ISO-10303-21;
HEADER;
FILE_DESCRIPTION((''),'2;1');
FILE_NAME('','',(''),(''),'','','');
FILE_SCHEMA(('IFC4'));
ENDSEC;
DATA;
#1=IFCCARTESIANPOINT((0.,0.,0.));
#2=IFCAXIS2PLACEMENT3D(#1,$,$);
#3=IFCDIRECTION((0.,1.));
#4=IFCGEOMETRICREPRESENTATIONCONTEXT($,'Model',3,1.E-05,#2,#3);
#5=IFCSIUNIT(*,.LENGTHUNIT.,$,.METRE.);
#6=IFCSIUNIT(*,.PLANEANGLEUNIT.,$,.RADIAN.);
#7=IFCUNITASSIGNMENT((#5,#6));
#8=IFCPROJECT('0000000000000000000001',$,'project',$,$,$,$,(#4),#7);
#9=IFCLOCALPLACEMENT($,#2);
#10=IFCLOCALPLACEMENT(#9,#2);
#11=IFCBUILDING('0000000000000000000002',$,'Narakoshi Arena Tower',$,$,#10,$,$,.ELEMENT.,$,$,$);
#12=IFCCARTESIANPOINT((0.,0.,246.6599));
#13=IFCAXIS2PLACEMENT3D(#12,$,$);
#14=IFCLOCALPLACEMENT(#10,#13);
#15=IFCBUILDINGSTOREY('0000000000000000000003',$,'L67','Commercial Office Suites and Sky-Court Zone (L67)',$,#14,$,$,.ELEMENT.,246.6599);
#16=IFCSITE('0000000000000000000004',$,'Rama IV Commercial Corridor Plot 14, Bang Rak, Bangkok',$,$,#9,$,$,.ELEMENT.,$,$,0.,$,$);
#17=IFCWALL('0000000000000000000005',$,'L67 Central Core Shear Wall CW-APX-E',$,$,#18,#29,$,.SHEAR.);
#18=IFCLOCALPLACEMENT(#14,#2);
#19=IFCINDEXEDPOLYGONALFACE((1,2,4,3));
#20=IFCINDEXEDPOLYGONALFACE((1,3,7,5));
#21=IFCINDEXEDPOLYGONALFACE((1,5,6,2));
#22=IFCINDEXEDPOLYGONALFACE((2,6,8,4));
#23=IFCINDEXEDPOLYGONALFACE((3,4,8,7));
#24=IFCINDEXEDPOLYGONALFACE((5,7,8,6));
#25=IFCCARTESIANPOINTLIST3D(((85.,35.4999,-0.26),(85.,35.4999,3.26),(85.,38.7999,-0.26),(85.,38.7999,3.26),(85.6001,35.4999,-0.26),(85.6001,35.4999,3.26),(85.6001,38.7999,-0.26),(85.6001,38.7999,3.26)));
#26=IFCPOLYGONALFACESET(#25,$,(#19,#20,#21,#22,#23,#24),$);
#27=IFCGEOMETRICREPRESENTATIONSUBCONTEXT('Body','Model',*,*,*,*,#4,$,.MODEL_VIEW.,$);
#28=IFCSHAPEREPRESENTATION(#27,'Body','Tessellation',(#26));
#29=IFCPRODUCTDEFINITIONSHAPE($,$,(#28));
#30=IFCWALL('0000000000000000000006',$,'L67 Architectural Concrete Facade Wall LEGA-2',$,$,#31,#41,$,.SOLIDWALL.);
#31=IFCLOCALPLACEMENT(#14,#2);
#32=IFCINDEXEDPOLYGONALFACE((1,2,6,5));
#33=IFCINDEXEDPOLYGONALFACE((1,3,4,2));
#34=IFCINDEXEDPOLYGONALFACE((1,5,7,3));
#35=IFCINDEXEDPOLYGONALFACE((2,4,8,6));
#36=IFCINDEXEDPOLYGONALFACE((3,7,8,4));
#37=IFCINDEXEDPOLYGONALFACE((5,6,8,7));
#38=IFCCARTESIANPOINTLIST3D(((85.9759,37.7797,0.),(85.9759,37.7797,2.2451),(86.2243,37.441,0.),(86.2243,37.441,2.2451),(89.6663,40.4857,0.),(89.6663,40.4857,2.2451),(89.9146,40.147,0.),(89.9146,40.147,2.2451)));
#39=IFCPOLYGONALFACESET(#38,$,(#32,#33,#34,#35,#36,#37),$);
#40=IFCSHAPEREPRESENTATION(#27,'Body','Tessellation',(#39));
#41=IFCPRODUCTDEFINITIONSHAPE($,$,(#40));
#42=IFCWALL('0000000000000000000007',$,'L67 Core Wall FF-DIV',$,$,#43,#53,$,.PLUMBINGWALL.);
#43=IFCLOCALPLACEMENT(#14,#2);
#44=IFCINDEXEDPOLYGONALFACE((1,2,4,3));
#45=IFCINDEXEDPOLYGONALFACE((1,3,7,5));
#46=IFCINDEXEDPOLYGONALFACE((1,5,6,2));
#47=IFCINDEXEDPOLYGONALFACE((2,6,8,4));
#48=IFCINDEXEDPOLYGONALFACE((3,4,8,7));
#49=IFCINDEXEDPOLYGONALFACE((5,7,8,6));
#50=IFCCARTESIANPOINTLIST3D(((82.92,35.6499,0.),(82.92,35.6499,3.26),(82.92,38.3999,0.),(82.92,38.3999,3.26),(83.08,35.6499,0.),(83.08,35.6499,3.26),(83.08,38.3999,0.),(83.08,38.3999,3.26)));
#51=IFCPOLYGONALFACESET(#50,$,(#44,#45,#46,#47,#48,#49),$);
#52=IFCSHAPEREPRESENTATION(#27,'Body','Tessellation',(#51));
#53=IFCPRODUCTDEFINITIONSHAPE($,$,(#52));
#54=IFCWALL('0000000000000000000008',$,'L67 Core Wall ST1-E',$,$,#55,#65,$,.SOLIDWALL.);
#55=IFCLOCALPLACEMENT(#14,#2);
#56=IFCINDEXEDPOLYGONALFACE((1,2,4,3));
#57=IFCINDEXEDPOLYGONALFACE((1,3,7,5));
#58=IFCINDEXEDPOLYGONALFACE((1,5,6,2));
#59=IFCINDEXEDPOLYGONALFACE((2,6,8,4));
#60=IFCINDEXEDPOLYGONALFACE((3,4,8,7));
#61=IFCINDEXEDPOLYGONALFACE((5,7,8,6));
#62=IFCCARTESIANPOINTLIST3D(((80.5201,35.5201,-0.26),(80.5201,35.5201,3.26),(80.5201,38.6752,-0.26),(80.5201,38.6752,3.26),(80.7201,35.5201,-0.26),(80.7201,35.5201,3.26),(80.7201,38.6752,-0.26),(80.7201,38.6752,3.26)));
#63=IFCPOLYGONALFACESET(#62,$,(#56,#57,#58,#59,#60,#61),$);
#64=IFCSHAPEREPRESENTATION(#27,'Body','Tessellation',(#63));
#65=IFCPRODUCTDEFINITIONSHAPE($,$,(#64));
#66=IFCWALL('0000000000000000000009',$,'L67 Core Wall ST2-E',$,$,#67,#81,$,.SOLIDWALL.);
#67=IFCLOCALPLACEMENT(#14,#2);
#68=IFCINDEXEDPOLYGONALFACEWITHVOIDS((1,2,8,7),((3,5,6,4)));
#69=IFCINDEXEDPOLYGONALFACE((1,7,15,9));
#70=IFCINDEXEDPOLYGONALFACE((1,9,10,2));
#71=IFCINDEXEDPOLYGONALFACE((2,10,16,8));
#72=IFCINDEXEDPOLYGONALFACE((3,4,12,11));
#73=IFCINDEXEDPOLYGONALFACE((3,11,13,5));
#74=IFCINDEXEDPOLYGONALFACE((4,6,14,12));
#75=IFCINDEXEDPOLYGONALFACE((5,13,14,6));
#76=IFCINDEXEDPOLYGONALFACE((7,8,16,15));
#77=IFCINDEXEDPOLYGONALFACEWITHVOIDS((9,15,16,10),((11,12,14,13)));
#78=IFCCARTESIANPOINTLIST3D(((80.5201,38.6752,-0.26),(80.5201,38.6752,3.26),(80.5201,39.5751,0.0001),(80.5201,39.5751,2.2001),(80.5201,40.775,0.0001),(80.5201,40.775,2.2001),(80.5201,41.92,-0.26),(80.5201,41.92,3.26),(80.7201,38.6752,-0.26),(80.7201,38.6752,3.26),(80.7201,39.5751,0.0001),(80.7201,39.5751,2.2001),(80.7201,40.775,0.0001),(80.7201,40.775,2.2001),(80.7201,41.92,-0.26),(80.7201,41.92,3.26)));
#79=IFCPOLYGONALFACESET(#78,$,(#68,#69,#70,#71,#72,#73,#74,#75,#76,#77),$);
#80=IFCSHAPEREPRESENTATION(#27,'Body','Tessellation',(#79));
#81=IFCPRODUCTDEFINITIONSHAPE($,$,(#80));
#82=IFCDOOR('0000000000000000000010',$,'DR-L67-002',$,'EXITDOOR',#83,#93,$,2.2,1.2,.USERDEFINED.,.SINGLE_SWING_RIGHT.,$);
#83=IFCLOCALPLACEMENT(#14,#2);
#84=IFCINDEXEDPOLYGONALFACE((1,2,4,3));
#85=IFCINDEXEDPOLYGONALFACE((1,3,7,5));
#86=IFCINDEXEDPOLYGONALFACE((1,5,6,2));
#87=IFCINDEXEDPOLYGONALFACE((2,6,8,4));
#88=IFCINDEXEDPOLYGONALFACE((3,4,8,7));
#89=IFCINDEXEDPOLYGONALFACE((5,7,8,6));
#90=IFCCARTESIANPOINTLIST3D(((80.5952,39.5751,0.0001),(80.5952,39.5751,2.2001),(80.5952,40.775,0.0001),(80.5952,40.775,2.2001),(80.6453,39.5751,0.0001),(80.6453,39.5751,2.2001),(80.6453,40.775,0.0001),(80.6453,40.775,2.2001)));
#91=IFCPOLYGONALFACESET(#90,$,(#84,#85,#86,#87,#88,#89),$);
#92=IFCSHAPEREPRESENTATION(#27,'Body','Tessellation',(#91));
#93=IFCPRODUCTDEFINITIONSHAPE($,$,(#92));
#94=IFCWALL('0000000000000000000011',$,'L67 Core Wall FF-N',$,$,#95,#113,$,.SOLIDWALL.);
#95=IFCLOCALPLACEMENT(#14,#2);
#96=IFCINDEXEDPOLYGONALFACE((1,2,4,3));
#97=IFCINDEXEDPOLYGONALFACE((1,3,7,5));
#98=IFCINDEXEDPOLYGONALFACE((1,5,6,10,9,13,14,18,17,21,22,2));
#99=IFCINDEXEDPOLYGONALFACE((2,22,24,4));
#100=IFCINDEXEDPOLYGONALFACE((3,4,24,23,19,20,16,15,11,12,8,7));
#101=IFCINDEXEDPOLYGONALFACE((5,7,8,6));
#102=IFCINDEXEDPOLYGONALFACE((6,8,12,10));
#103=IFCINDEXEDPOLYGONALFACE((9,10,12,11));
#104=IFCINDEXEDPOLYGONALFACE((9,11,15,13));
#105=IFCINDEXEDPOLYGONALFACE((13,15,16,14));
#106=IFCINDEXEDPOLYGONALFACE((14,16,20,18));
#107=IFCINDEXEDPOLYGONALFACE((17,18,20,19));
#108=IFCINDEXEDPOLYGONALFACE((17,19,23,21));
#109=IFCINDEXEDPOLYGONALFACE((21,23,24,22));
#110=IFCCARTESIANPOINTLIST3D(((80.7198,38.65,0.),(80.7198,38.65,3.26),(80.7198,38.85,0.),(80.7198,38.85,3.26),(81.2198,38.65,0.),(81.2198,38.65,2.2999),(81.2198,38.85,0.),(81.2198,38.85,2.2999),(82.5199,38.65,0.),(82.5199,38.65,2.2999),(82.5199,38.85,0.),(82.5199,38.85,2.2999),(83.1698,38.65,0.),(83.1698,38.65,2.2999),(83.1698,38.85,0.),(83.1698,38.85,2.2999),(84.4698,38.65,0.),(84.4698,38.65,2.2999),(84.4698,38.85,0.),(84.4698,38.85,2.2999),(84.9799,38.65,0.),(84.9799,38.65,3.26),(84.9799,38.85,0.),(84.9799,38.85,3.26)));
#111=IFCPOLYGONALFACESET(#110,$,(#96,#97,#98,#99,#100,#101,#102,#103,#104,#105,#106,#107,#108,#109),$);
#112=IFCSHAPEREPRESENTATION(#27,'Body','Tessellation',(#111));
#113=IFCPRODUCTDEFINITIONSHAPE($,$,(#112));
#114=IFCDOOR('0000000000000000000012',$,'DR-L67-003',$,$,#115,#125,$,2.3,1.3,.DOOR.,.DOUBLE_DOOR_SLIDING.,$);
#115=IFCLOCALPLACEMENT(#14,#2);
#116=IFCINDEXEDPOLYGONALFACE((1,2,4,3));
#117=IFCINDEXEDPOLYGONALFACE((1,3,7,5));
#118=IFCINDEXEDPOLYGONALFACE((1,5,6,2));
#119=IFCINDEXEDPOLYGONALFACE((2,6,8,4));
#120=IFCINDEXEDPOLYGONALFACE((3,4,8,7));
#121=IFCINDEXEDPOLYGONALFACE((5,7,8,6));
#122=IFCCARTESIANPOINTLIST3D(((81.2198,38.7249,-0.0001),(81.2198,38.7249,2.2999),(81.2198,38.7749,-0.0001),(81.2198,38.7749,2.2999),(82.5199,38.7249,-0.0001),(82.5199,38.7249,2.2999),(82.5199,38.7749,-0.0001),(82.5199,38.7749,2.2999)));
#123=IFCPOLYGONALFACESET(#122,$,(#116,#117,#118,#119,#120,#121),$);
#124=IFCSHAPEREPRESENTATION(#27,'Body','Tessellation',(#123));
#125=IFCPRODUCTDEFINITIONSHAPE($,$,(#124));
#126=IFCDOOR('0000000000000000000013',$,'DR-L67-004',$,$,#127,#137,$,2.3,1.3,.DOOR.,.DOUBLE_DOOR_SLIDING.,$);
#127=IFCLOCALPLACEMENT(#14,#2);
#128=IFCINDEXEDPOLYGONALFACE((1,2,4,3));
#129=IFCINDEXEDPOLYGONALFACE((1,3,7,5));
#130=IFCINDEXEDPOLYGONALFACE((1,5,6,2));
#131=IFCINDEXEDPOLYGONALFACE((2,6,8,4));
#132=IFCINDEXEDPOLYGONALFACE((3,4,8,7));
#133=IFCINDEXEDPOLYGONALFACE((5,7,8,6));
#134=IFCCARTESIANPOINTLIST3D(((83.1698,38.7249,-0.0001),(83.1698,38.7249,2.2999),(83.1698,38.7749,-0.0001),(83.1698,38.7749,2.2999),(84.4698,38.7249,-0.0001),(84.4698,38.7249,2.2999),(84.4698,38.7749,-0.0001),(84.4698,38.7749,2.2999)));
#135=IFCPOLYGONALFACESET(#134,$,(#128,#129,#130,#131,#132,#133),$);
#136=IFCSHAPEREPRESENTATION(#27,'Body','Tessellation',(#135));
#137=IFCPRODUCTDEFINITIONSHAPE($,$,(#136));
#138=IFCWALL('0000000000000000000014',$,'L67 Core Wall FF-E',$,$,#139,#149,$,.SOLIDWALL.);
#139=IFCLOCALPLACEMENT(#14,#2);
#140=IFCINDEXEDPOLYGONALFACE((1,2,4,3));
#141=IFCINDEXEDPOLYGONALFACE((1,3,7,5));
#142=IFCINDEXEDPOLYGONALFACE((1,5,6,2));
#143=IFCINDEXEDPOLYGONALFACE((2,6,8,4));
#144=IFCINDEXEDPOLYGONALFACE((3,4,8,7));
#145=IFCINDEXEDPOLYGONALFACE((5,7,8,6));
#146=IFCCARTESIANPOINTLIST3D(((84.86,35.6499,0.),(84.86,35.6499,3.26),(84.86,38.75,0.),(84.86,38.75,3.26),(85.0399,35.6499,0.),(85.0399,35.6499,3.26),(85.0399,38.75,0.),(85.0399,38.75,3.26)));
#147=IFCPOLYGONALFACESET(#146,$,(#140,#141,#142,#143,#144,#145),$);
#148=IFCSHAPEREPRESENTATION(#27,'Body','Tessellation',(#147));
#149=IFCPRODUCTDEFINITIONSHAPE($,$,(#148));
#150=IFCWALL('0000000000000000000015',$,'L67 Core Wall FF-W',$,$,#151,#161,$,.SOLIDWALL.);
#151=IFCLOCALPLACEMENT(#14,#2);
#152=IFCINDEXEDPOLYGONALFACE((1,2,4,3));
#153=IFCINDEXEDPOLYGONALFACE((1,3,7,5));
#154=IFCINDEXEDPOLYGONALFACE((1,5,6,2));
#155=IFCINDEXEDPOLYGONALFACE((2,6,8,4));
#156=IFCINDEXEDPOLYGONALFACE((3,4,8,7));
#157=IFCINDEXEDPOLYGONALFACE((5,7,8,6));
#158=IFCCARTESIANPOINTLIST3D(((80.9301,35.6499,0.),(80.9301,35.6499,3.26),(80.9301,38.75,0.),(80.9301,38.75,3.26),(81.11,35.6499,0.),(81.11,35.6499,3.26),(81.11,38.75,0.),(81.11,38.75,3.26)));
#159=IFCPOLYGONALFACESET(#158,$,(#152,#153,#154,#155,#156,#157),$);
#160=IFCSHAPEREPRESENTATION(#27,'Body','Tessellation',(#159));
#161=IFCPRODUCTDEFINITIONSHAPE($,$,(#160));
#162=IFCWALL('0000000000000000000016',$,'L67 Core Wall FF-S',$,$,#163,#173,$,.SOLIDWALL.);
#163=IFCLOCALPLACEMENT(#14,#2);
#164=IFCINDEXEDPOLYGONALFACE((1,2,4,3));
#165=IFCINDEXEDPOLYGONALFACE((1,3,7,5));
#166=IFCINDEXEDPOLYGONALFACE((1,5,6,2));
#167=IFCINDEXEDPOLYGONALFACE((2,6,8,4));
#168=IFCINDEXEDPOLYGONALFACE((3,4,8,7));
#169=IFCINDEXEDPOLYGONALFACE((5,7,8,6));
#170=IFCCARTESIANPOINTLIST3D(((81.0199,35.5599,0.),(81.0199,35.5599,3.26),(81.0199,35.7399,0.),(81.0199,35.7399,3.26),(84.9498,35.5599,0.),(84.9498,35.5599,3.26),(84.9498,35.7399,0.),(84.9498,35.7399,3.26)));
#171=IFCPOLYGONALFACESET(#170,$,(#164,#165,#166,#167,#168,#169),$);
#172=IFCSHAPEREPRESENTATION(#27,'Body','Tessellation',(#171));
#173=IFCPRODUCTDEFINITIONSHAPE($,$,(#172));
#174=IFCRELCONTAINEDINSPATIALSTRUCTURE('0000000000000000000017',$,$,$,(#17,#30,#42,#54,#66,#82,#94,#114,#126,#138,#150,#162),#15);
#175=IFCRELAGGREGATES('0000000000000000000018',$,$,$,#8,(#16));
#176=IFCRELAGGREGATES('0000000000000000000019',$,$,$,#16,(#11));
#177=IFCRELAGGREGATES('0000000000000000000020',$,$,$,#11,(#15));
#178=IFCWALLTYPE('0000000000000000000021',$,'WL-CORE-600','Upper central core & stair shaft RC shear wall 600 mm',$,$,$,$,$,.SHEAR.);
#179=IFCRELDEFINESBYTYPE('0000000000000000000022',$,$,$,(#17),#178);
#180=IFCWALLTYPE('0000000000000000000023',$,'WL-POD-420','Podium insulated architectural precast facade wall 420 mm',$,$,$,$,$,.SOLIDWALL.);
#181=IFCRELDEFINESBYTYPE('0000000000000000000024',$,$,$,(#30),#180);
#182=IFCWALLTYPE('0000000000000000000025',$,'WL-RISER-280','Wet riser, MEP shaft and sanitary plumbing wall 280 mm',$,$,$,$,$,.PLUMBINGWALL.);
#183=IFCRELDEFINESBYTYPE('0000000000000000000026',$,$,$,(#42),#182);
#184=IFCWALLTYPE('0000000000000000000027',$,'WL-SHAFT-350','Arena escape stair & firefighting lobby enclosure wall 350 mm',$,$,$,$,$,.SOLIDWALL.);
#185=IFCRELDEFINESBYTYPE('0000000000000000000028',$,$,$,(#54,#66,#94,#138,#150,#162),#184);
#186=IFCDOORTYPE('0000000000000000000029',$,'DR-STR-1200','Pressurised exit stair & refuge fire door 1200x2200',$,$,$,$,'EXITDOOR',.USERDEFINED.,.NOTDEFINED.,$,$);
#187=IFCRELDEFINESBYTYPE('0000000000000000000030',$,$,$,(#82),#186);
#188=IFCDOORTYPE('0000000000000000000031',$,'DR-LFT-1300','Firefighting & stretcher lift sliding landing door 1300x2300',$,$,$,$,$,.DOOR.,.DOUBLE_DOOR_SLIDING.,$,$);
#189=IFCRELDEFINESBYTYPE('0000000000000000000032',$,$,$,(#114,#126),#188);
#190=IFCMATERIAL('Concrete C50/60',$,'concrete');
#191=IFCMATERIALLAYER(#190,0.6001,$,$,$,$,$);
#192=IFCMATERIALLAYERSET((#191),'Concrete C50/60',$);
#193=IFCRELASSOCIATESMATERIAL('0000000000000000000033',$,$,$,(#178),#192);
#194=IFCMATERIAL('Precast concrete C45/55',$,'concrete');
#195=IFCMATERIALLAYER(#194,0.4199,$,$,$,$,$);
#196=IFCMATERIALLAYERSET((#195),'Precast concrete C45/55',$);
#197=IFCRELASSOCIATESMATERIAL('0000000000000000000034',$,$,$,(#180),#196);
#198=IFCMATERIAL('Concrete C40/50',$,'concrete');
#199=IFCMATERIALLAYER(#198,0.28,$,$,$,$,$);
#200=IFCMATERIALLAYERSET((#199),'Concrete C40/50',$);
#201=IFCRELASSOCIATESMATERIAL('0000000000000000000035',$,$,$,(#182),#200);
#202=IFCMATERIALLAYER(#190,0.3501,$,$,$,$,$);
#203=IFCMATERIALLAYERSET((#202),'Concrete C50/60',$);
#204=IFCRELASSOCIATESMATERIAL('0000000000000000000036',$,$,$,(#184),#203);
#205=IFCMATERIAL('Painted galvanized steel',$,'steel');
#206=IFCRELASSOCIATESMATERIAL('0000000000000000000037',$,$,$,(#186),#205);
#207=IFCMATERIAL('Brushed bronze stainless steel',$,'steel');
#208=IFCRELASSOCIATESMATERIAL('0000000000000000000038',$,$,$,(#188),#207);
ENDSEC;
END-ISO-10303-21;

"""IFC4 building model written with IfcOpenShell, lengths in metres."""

from ifc_helpers import new_model, si_unit, direction, frame, frame_2d, origin, place, context, subcontext, project, spatial, rectangle, extrude, material, layer, layer_set, type_object, element, fill, save


model = new_model("IFC4")

# Units and contexts
model_context = context("Model", 3, precision=1e-05, world=origin(), true_north=direction((0.0, 1.0)))
body_context = subcontext(model_context, "Body", "Model", "MODEL_VIEW")
ifc_project = project(units=[si_unit("LENGTHUNIT", "METRE"), si_unit("PLANEANGLEUNIT", "RADIAN")], contexts=[model_context])

# Site, building, storey
site_placement = place(None, origin())
site = spatial("IfcSite", under=ifc_project, at=site_placement, Name="Rama IV Commercial Corridor Plot 14, Bang Rak, Bangkok", CompositionType="ELEMENT", RefElevation=0.0)
building_placement = place(site_placement, origin())
building = spatial("IfcBuilding", under=site, at=building_placement, Name="Narakoshi Arena Tower", CompositionType="ELEMENT")
storey_placement = place(building_placement, frame((0.0, 0.0, 246.6599)))
storey = spatial("IfcBuildingStorey", under=building, at=storey_placement, Name="L67", Description="Commercial Office Suites and Sky-Court Zone (L67)", CompositionType="ELEMENT", Elevation=246.6599)

# Walls
ifc_material_1 = material(Name="Concrete C50/60", Category="concrete")
ifc_layer_1 = layer(ifc_material_1, 0.6001)
ifc_layer_set_1 = layer_set([ifc_layer_1], Name="Concrete C50/60")
wall_type_1 = type_object("IfcWallType", Name="WL-CORE-600", Description="Upper central core & stair shaft RC shear wall 600 mm", PredefinedType="SHEAR", material=ifc_layer_set_1)
wall_1_placement = place(storey_placement, frame((85.3, 35.5, -0.26), z_axis=(0.0, 0.0, 1.0), x_axis=(0.0, 1.0, 0.0)))
element("IfcWall", 1, at=wall_1_placement, inside=storey, type_object=wall_type_1, Name="L67 Central Core Shear Wall CW-APX-E", PredefinedType="SHEAR", context=body_context, shape_type="SweptSolid", body=[
    extrude(rectangle(XDim=3.3, YDim=0.6001, at=frame_2d((1.6499, 0.0))), origin(), (0.0, 0.0, 1.0), 3.52),
])
ifc_material_2 = material(Name="Precast concrete C45/55", Category="concrete")
ifc_layer_2 = layer(ifc_material_2, 0.4199)
ifc_layer_set_2 = layer_set([ifc_layer_2], Name="Precast concrete C45/55")
wall_type_2 = type_object("IfcWallType", Name="WL-POD-420", Description="Podium insulated architectural precast facade wall 420 mm", PredefinedType="SOLIDWALL", material=ifc_layer_set_2)
wall_2_placement = place(storey_placement, frame((86.1001, 37.6104, 0.0), z_axis=(0.0, 0.0, 1.0), x_axis=(0.806432, 0.591327, 0.0)))
element("IfcWall", 2, at=wall_2_placement, inside=storey, type_object=wall_type_2, Name="L67 Architectural Concrete Facade Wall LEGA-2", PredefinedType="SOLIDWALL", context=body_context, shape_type="SweptSolid", body=[
    extrude(rectangle(XDim=4.5762, YDim=0.4199, at=frame_2d((2.2881, 0.0))), origin(), (0.0, 0.0, 1.0), 2.2451),
])
ifc_material_3 = material(Name="Concrete C40/50", Category="concrete")
ifc_layer_3 = layer(ifc_material_3, 0.28)
ifc_layer_set_3 = layer_set([ifc_layer_3], Name="Concrete C40/50")
wall_type_3 = type_object("IfcWallType", Name="WL-RISER-280", Description="Wet riser, MEP shaft and sanitary plumbing wall 280 mm", PredefinedType="PLUMBINGWALL", material=ifc_layer_set_3)
wall_3_placement = place(storey_placement, frame((83.0, 35.6499, 0.0), z_axis=(0.0, 0.0, 1.0), x_axis=(0.0, 1.0, 0.0)))
element("IfcWall", 3, at=wall_3_placement, inside=storey, type_object=wall_type_3, Name="L67 Core Wall FF-DIV", PredefinedType="PLUMBINGWALL", context=body_context, shape_type="SweptSolid", body=[
    extrude(rectangle(XDim=2.75, YDim=0.1599, at=frame_2d((1.375, 0.0))), origin(), (0.0, 0.0, 1.0), 3.26),
])
ifc_layer_4 = layer(ifc_material_1, 0.3501)
ifc_layer_set_4 = layer_set([ifc_layer_4], Name="Concrete C50/60")
wall_type_4 = type_object("IfcWallType", Name="WL-SHAFT-350", Description="Arena escape stair & firefighting lobby enclosure wall 350 mm", PredefinedType="SOLIDWALL", material=ifc_layer_set_4)
wall_4_placement = place(storey_placement, frame((80.6201, 35.52, -0.26), z_axis=(0.0, 0.0, 1.0), x_axis=(0.0, 1.0, 0.0)))
element("IfcWall", 4, at=wall_4_placement, inside=storey, type_object=wall_type_4, Name="L67 Core Wall ST1-E", PredefinedType="SOLIDWALL", context=body_context, shape_type="SweptSolid", body=[
    extrude(rectangle(XDim=3.155, YDim=0.2, at=frame_2d((1.5776, 0.0))), origin(), (0.0, 0.0, 1.0), 3.52),
])

# Wall, opening, door
wall_5_placement = place(storey_placement, frame((80.6201, 38.675, -0.26), z_axis=(0.0, 0.0, 1.0), x_axis=(0.0, 1.0, 0.0)))
wall_5 = element("IfcWall", 5, at=wall_5_placement, inside=storey, type_object=wall_type_4, Name="L67 Core Wall ST2-E", PredefinedType="SOLIDWALL", context=body_context, shape_type="SweptSolid", body=[
    extrude(rectangle(XDim=3.2449, YDim=0.2, at=frame_2d((1.6226, 0.0))), origin(), (0.0, 0.0, 1.0), 3.52),
])
opening_1_placement = place(wall_5_placement, frame((0.8999, 0.0, 0.26)))
opening_1 = element("IfcOpeningElement", 6, at=opening_1_placement, cuts=wall_5, PredefinedType="OPENING", context=body_context, shape_type="SweptSolid", body=[
    extrude(rectangle(XDim=1.2, YDim=2.2, at=frame_2d((0.6001, 1.1001))), frame((0.0, 0.1099, 0.0), z_axis=(0.0, -1.0, 0.0), x_axis=(1.0, 0.0, 0.0)), (0.0, 0.0, 1.0), 0.22),
])
ifc_material_4 = material(Name="Painted galvanized steel", Category="steel")
door_type_1 = type_object("IfcDoorType", Name="DR-STR-1200", Description="Pressurised exit stair & refuge fire door 1200x2200", ElementType="EXITDOOR", OperationType="NOTDEFINED", PredefinedType="USERDEFINED", material=ifc_material_4)
door_1_placement = place(opening_1_placement, origin())
door_1 = element("IfcDoor", 7, at=door_1_placement, inside=storey, type_object=door_type_1, Name="DR-L67-002", ObjectType="EXITDOOR", OperationType="SINGLE_SWING_RIGHT", OverallHeight=2.2, OverallWidth=1.2, PredefinedType="USERDEFINED", context=body_context, shape_type="SweptSolid", body=[
    extrude(rectangle(XDim=1.2, YDim=2.2, at=frame_2d((0.6001, 1.1001))), frame((0.0, 0.0249, 0.0), z_axis=(0.0, -1.0, 0.0), x_axis=(1.0, 0.0, 0.0)), (0.0, 0.0, 1.0), 0.05),
])
fill(opening_1, door_1)

# Wall, openings, doors
wall_6_placement = place(storey_placement, frame((80.72, 38.75, 0.0), z_axis=(0.0, 0.0, 1.0), x_axis=(1.0, 0.0, 0.0)))
wall_6 = element("IfcWall", 8, at=wall_6_placement, inside=storey, type_object=wall_type_4, Name="L67 Core Wall FF-N", PredefinedType="SOLIDWALL", context=body_context, shape_type="SweptSolid", body=[
    extrude(rectangle(XDim=4.26, YDim=0.2, at=frame_2d((2.1299, 0.0))), origin(), (0.0, 0.0, 1.0), 3.26),
])
opening_2_placement = place(wall_6_placement, frame((0.5, 0.0, 0.0)))
opening_2 = element("IfcOpeningElement", 9, at=opening_2_placement, cuts=wall_6, PredefinedType="OPENING", context=body_context, shape_type="SweptSolid", body=[
    extrude(rectangle(XDim=1.3, YDim=2.3, at=frame_2d((0.6499, 1.1499))), frame((0.0, 0.1099, 0.0), z_axis=(0.0, -1.0, 0.0), x_axis=(1.0, 0.0, 0.0)), (0.0, 0.0, 1.0), 0.22),
])
opening_3_placement = place(wall_6_placement, frame((2.45, 0.0, 0.0)))
opening_3 = element("IfcOpeningElement", 10, at=opening_3_placement, cuts=wall_6, PredefinedType="OPENING", context=body_context, shape_type="SweptSolid", body=[
    extrude(rectangle(XDim=1.3, YDim=2.3, at=frame_2d((0.6499, 1.1499))), frame((0.0, 0.1099, 0.0), z_axis=(0.0, -1.0, 0.0), x_axis=(1.0, 0.0, 0.0)), (0.0, 0.0, 1.0), 0.22),
])
ifc_material_5 = material(Name="Brushed bronze stainless steel", Category="steel")
door_type_2 = type_object("IfcDoorType", Name="DR-LFT-1300", Description="Firefighting & stretcher lift sliding landing door 1300x2300", OperationType="DOUBLE_DOOR_SLIDING", PredefinedType="DOOR", material=ifc_material_5)
door_2_placement = place(opening_2_placement, origin())
door_2 = element("IfcDoor", 11, at=door_2_placement, inside=storey, type_object=door_type_2, Name="DR-L67-003", OperationType="DOUBLE_DOOR_SLIDING", OverallHeight=2.3, OverallWidth=1.3, PredefinedType="DOOR", context=body_context, shape_type="SweptSolid", body=[
    extrude(rectangle(XDim=1.3, YDim=2.3, at=frame_2d((0.6499, 1.1499))), frame((0.0, 0.0249, 0.0), z_axis=(0.0, -1.0, 0.0), x_axis=(1.0, 0.0, 0.0)), (0.0, 0.0, 1.0), 0.05),
])
fill(opening_2, door_2)
door_3_placement = place(opening_3_placement, origin())
door_3 = element("IfcDoor", 12, at=door_3_placement, inside=storey, type_object=door_type_2, Name="DR-L67-004", OperationType="DOUBLE_DOOR_SLIDING", OverallHeight=2.3, OverallWidth=1.3, PredefinedType="DOOR", context=body_context, shape_type="SweptSolid", body=[
    extrude(rectangle(XDim=1.3, YDim=2.3, at=frame_2d((0.6499, 1.1499))), frame((0.0, 0.0249, 0.0), z_axis=(0.0, -1.0, 0.0), x_axis=(1.0, 0.0, 0.0)), (0.0, 0.0, 1.0), 0.05),
])
fill(opening_3, door_3)

# Walls
for number, where, z_axis, x_axis, name in (
    (13, (84.95, 35.6499, 0.0), (0.0, 0.0, 1.0), (0.0, 1.0, 0.0), "L67 Core Wall FF-E"),
    (14, (81.02, 35.6499, 0.0), (0.0, 0.0, 1.0), (0.0, 1.0, 0.0), "L67 Core Wall FF-W"),
):
    element("IfcWall", number, at=place(storey_placement, frame(where, z_axis=z_axis, x_axis=x_axis)), inside=storey, type_object=wall_type_4, Name=name, PredefinedType="SOLIDWALL", context=body_context, shape_type="SweptSolid", body=[
        extrude(rectangle(XDim=3.1001, YDim=0.1799, at=frame_2d((1.55, 0.0))), origin(), (0.0, 0.0, 1.0), 3.26),
    ])
wall_7_placement = place(storey_placement, frame((81.02, 35.6499, 0.0), z_axis=(0.0, 0.0, 1.0), x_axis=(1.0, 0.0, 0.0)))
element("IfcWall", 15, at=wall_7_placement, inside=storey, type_object=wall_type_4, Name="L67 Core Wall FF-S", PredefinedType="SOLIDWALL", context=body_context, shape_type="SweptSolid", body=[
    extrude(rectangle(XDim=3.9299, YDim=0.1799, at=frame_2d((1.9648, 0.0))), origin(), (0.0, 0.0, 1.0), 3.26),
])

save(model, "model.ifc")
